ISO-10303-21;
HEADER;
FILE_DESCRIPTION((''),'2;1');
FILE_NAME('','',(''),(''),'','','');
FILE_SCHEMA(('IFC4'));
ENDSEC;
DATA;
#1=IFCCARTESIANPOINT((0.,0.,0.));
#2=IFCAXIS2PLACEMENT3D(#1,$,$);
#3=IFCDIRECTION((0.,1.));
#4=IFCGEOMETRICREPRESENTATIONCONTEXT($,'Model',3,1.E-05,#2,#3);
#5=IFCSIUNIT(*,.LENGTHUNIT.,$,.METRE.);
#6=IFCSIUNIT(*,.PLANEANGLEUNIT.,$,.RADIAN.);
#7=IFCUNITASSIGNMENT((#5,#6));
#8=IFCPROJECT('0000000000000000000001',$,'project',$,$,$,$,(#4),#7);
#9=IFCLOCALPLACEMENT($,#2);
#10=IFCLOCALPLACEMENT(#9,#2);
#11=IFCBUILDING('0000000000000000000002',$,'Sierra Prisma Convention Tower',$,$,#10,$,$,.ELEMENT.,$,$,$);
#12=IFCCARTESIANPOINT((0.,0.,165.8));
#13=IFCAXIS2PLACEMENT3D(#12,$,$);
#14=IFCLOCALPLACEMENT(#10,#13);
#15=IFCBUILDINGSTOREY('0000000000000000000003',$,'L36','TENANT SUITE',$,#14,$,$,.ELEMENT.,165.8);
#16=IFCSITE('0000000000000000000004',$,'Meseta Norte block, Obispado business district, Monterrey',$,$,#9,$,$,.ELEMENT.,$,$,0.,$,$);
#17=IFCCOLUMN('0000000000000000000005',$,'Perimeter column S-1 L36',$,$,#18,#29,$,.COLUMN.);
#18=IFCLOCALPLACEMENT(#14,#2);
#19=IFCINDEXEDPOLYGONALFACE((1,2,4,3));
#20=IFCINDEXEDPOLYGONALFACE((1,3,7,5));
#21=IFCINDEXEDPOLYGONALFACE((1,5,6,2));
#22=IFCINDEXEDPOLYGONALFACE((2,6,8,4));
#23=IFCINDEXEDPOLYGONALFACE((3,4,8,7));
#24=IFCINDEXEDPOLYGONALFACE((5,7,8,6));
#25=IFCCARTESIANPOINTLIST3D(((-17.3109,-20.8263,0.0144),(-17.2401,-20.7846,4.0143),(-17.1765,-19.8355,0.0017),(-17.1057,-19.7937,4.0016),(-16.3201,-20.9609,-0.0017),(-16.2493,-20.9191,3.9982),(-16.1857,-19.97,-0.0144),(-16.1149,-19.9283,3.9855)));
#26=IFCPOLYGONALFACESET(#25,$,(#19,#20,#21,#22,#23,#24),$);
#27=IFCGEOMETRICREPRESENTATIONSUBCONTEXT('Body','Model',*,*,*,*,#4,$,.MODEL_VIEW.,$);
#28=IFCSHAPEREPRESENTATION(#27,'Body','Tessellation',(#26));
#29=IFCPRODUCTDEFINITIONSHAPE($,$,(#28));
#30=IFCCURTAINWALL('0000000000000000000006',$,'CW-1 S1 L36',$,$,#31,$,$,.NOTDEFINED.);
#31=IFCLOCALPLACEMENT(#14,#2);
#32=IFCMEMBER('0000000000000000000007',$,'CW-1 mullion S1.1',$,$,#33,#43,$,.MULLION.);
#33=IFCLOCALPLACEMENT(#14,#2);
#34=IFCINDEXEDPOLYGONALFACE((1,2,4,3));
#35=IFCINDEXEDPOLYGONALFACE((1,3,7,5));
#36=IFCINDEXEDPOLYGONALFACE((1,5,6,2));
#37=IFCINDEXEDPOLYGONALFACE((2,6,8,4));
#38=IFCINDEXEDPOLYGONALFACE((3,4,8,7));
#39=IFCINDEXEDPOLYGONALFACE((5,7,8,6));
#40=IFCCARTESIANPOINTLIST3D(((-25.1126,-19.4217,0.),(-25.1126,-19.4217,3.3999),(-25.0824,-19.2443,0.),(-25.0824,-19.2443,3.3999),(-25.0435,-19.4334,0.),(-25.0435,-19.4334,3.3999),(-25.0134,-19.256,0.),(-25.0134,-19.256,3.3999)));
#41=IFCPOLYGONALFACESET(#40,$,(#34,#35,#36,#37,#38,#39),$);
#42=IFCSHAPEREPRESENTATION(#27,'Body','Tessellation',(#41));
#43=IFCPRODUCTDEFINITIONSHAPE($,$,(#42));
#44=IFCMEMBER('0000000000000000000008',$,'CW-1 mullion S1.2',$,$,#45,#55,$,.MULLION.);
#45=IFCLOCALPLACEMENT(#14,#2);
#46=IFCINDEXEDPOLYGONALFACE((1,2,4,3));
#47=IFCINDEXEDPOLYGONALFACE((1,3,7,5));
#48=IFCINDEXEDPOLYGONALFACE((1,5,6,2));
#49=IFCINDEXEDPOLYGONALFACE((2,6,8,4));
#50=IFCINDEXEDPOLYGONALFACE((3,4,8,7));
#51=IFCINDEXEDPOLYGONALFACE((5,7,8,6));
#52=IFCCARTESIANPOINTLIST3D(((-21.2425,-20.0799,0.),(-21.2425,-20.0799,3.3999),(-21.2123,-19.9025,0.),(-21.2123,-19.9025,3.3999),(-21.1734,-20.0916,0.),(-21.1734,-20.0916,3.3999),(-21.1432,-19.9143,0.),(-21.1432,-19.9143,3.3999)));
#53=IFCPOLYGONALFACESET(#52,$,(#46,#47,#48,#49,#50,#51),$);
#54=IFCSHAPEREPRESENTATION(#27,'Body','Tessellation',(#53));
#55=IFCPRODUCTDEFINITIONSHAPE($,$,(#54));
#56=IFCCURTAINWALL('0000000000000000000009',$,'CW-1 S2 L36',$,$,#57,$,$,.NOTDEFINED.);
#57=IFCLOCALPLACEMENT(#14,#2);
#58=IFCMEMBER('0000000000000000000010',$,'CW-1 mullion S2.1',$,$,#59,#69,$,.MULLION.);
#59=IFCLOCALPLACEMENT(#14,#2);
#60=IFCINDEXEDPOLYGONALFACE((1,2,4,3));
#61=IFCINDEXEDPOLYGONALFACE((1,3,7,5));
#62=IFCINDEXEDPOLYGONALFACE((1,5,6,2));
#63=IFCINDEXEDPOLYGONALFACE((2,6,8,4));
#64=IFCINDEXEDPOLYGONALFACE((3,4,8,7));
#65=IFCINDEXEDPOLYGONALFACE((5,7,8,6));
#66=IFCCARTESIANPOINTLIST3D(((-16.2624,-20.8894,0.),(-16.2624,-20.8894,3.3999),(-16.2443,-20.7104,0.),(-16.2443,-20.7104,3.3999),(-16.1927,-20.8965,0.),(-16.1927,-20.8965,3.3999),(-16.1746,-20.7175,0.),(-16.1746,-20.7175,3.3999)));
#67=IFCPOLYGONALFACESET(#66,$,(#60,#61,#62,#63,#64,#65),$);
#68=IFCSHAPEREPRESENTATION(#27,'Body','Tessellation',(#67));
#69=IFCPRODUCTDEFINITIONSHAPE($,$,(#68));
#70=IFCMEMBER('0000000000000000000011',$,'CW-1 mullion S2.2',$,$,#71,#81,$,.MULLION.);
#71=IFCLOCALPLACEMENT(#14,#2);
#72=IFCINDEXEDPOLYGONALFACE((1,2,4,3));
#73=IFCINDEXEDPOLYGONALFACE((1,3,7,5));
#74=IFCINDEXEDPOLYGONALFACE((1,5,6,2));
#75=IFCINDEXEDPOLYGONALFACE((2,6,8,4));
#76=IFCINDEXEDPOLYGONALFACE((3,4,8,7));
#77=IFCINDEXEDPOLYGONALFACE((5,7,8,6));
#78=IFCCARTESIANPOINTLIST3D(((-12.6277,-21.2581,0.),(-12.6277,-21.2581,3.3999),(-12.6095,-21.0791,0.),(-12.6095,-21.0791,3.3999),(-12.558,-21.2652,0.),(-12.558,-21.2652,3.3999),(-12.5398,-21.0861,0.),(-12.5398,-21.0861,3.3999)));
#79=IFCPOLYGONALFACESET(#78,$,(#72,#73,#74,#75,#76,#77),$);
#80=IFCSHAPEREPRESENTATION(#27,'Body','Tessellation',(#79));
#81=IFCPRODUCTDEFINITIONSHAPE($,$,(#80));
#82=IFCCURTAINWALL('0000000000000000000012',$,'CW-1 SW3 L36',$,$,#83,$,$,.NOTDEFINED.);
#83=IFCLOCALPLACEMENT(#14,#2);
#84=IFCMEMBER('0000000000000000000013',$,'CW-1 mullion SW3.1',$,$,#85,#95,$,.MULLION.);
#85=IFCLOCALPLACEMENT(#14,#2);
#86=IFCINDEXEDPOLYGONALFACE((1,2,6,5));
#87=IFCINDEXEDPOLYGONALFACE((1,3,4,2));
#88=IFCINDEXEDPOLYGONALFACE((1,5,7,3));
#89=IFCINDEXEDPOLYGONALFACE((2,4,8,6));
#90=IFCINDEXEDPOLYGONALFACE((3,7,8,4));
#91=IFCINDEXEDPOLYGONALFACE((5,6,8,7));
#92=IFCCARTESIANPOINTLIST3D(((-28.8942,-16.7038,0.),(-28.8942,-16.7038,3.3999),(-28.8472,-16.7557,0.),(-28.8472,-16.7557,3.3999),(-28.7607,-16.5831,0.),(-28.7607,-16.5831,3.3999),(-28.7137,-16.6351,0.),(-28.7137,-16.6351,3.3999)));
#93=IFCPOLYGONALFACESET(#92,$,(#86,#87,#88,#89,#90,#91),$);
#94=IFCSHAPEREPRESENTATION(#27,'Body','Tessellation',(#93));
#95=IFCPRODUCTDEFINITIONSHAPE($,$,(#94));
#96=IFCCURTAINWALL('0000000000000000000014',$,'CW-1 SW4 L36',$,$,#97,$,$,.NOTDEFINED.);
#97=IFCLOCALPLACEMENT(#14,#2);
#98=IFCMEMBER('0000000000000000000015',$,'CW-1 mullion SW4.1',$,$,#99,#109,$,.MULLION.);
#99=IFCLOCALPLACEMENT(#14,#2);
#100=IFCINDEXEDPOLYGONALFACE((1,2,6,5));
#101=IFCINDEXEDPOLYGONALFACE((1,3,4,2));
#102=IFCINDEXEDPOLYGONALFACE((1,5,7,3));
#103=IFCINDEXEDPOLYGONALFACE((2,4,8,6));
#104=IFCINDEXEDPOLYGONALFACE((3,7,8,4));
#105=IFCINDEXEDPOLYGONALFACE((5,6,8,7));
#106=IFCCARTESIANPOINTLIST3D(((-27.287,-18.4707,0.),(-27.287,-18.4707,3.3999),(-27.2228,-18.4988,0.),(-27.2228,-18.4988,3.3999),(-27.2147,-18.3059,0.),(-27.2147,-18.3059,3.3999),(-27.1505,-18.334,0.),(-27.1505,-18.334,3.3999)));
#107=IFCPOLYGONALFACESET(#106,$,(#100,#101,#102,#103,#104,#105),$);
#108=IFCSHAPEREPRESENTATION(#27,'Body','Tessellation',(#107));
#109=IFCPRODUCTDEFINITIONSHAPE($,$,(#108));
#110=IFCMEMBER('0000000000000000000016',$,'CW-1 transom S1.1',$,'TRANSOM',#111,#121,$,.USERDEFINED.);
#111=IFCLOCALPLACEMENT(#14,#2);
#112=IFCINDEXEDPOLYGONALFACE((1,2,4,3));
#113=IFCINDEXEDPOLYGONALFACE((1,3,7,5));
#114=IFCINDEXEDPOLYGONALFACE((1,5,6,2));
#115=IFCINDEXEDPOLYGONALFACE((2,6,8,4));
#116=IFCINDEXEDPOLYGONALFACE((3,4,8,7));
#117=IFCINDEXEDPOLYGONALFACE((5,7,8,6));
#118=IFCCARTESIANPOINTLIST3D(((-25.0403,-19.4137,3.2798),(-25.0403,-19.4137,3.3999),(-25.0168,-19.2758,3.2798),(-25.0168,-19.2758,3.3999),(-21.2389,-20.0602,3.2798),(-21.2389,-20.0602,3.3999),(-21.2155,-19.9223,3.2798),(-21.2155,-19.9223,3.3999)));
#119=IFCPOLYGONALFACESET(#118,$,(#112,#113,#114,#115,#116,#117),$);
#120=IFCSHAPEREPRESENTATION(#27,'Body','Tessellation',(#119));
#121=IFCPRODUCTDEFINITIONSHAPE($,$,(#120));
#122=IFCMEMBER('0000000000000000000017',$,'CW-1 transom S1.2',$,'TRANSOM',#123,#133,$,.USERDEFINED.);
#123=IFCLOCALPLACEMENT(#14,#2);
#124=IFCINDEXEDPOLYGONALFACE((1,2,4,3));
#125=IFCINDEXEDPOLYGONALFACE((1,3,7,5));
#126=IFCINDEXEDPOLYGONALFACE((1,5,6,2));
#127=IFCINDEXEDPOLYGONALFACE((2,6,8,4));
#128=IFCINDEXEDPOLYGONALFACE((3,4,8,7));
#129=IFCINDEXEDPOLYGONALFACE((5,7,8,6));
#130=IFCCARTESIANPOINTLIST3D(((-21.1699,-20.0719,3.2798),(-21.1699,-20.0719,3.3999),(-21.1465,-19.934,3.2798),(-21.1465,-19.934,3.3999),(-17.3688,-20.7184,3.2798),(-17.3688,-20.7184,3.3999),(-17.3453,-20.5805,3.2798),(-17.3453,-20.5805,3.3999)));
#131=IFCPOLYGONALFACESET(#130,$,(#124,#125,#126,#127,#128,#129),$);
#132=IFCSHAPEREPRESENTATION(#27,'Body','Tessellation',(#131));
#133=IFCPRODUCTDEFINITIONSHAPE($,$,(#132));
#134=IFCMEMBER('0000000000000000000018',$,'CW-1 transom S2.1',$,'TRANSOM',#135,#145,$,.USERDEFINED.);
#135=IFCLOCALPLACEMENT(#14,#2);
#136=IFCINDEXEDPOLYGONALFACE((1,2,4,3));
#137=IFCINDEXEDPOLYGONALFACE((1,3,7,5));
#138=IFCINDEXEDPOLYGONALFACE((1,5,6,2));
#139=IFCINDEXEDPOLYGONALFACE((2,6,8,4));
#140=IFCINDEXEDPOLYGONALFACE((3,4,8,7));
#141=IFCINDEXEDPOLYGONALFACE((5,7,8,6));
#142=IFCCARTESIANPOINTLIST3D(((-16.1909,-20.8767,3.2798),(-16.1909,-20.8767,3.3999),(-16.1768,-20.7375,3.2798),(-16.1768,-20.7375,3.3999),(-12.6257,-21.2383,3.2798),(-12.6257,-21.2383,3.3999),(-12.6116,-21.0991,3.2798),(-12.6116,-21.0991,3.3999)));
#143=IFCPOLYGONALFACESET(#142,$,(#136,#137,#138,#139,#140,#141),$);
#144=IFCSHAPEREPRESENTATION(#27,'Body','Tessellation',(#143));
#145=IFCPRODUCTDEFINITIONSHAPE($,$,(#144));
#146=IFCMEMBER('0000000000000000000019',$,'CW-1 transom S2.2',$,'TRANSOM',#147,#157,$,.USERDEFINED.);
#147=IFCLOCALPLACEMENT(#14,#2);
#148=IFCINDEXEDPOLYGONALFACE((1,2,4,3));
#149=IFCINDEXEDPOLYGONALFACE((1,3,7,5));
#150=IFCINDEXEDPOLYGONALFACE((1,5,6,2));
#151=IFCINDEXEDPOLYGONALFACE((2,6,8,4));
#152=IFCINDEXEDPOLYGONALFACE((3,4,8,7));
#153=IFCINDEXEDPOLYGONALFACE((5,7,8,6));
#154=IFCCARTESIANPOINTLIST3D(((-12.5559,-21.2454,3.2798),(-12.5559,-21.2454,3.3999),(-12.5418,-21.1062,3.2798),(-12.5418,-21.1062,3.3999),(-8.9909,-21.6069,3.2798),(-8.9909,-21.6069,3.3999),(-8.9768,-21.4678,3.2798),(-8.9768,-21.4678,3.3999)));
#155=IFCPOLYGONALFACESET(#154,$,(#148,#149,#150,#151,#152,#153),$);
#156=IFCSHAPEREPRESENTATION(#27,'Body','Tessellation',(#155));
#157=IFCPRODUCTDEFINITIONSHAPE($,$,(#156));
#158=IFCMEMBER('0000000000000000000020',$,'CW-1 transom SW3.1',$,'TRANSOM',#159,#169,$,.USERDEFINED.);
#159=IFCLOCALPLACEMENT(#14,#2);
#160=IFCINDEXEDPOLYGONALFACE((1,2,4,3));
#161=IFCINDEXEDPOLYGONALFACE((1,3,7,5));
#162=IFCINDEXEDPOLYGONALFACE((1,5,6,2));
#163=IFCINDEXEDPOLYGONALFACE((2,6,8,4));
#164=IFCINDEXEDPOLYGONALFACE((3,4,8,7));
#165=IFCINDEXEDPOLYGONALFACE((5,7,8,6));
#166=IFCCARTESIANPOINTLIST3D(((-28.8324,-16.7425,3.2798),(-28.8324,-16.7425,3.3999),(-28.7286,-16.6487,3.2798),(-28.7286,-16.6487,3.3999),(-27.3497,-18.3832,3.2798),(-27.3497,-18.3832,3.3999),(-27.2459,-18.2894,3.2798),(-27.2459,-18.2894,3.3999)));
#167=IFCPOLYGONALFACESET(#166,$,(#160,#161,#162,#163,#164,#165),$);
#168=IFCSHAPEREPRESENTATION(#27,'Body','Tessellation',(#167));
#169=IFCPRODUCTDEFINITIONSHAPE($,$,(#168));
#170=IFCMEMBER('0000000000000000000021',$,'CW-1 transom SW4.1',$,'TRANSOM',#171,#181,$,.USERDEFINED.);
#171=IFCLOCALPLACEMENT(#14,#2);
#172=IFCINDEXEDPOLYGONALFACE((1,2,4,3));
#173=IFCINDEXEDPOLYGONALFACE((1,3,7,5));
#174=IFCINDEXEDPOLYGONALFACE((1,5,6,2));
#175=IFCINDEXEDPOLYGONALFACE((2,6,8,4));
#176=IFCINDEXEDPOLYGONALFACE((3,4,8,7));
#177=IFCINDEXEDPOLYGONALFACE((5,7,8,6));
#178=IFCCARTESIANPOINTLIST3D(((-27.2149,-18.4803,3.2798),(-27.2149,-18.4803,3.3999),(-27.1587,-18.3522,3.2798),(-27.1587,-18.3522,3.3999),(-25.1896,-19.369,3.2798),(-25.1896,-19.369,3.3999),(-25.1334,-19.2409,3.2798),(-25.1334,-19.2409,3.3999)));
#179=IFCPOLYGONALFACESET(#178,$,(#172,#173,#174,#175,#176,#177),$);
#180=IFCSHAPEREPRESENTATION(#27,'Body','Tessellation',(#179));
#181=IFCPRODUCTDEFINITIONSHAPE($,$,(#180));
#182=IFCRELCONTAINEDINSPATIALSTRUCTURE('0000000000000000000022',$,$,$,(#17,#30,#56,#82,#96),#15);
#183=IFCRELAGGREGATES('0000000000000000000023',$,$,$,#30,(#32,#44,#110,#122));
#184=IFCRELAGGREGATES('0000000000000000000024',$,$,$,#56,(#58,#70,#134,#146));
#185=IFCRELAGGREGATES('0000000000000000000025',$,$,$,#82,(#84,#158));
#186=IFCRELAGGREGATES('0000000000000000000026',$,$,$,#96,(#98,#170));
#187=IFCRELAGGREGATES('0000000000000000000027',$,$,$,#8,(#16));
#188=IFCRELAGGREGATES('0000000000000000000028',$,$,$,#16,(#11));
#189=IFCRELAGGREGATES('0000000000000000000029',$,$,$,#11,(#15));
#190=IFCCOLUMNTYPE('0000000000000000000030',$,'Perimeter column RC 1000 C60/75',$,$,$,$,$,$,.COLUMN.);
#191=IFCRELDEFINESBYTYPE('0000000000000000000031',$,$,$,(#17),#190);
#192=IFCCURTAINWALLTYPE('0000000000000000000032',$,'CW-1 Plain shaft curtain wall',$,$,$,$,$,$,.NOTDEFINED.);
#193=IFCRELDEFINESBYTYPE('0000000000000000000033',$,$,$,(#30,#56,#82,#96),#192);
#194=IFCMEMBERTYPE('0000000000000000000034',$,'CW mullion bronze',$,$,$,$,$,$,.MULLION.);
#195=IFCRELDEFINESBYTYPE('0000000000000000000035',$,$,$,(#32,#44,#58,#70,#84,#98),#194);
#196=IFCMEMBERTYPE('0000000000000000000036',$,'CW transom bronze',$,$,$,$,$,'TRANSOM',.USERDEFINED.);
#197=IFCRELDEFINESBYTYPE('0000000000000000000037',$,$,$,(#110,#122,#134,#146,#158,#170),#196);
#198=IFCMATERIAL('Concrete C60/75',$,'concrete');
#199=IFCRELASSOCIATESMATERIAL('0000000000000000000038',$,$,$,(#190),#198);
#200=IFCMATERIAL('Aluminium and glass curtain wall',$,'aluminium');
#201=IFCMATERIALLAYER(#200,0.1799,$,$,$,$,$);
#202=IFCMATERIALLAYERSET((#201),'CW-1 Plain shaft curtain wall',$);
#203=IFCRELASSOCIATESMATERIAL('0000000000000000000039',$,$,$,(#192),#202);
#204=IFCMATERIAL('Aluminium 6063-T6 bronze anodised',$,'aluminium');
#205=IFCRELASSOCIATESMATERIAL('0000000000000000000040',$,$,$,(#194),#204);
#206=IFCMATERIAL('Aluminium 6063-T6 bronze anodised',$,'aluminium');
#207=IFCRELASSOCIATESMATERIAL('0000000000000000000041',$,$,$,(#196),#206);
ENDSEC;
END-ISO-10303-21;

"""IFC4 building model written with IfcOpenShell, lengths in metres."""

from ifc_helpers import new_model, si_unit, direction, frame, origin, origin_2d, place, context, subcontext, project, spatial, rectangle, extrude, material, layer, layer_set, material_profile, profile_set, type_object, element, aggregate, save


model = new_model("IFC4")

# Units and contexts
model_context = context("Model", 3, precision=1e-05, world=origin(), true_north=direction((0.0, 1.0)))
body_context = subcontext(model_context, "Body", "Model", "MODEL_VIEW")
ifc_project = project(units=[si_unit("LENGTHUNIT", "METRE"), si_unit("PLANEANGLEUNIT", "RADIAN")], contexts=[model_context])

# Site, building, storey
site_placement = place(None, origin())
site = spatial("IfcSite", under=ifc_project, at=site_placement, Name="Meseta Norte block, Obispado business district, Monterrey", CompositionType="ELEMENT", RefElevation=0.0)
building_placement = place(site_placement, origin())
building = spatial("IfcBuilding", under=site, at=building_placement, Name="Sierra Prisma Convention Tower", CompositionType="ELEMENT")
storey_placement = place(building_placement, frame((0.0, 0.0, 165.8)))
storey = spatial("IfcBuildingStorey", under=building, at=storey_placement, Name="L36", Description="TENANT SUITE", CompositionType="ELEMENT", Elevation=165.8)

# Column
ifc_material_1 = material(Name="Concrete C60/75", Category="concrete")
ifc_material_profile_1 = material_profile(ifc_material_1, rectangle(XDim=1.0, YDim=1.0, at=origin_2d()), Name="Perimeter column RC 1000 C60/75")
ifc_profile_set_1 = profile_set([ifc_material_profile_1], Name="Concrete C60/75")
column_type = type_object("IfcColumnType", Name="Perimeter column RC 1000 C60/75", PredefinedType="COLUMN", material=ifc_profile_set_1)
column_placement = place(storey_placement, frame((-16.7483, -20.3982, 0.0), z_axis=(0.017696, 0.010435, 0.999789), x_axis=(-0.990776, 0.134546, 0.016133)))
element("IfcColumn", 1, at=column_placement, inside=storey, type_object=column_type, Name="Perimeter column S-1 L36", PredefinedType="COLUMN", context=body_context, shape_type="SweptSolid", body=[
    extrude(rectangle(XDim=1.0, YDim=1.0, at=origin_2d()), origin(), (0.0, 0.0, 1.0), 4.0007),
])

# Curtain walls, members
ifc_material_2 = material(Name="Aluminium and glass curtain wall", Category="aluminium")
ifc_layer_1 = layer(ifc_material_2, 0.1799)
ifc_layer_set_1 = layer_set([ifc_layer_1], Name="CW-1 Plain shaft curtain wall")
curtain_wall_type = type_object("IfcCurtainWallType", Name="CW-1 Plain shaft curtain wall", PredefinedType="NOTDEFINED", material=ifc_layer_set_1)
curtain_wall_1_placement = place(storey_placement, origin())
curtain_wall_1 = element("IfcCurtainWall", 2, at=curtain_wall_1_placement, inside=storey, type_object=curtain_wall_type, Name="CW-1 S1 L36", PredefinedType="NOTDEFINED")
ifc_material_3 = material(Name="Aluminium 6063-T6 bronze anodised", Category="aluminium")
ifc_material_profile_2 = material_profile(ifc_material_3, rectangle(XDim=0.1799, YDim=0.0701, at=origin_2d()), Name="ALU MULLION 70x180")
ifc_profile_set_2 = profile_set([ifc_material_profile_2], Name="Aluminium 6063-T6 bronze anodised")
member_type_1 = type_object("IfcMemberType", Name="CW mullion bronze", PredefinedType="MULLION", material=ifc_profile_set_2)
member_1_placement = place(storey_placement, frame((-25.063, -19.3389, 0.0), z_axis=(0.0, 0.0, 1.0), x_axis=(0.167677, 0.985842, 0.0)))
member_1 = element("IfcMember", 3, at=member_1_placement, type_object=member_type_1, Name="CW-1 mullion S1.1", PredefinedType="MULLION", context=body_context, shape_type="SweptSolid", body=[
    extrude(rectangle(XDim=0.1799, YDim=0.0701, at=origin_2d()), origin(), (0.0, 0.0, 1.0), 3.3999),
])
member_2_placement = place(storey_placement, frame((-21.1929, -19.9971, 0.0), z_axis=(0.0, 0.0, 1.0), x_axis=(0.167677, 0.985842, 0.0)))
member_2 = element("IfcMember", 4, at=member_2_placement, type_object=member_type_1, Name="CW-1 mullion S1.2", PredefinedType="MULLION", context=body_context, shape_type="SweptSolid", body=[
    extrude(rectangle(XDim=0.1799, YDim=0.0701, at=origin_2d()), origin(), (0.0, 0.0, 1.0), 3.3999),
])
curtain_wall_2_placement = place(storey_placement, origin())
curtain_wall_2 = element("IfcCurtainWall", 5, at=curtain_wall_2_placement, inside=storey, type_object=curtain_wall_type, Name="CW-1 S2 L36", PredefinedType="NOTDEFINED")
member_3_placement = place(storey_placement, frame((-16.2185, -20.8035, 0.0), z_axis=(0.0, 0.0, 1.0), x_axis=(0.100911, 0.994895, 0.0)))
member_3 = element("IfcMember", 6, at=member_3_placement, type_object=member_type_1, Name="CW-1 mullion S2.1", PredefinedType="MULLION", context=body_context, shape_type="SweptSolid", body=[
    extrude(rectangle(XDim=0.1799, YDim=0.0701, at=origin_2d()), origin(), (0.0, 0.0, 1.0), 3.3999),
])
member_4_placement = place(storey_placement, frame((-12.5837, -21.1721, 0.0), z_axis=(0.0, 0.0, 1.0), x_axis=(0.100911, 0.994895, 0.0)))
member_4 = element("IfcMember", 7, at=member_4_placement, type_object=member_type_1, Name="CW-1 mullion S2.2", PredefinedType="MULLION", context=body_context, shape_type="SweptSolid", body=[
    extrude(rectangle(XDim=0.1799, YDim=0.0701, at=origin_2d()), origin(), (0.0, 0.0, 1.0), 3.3999),
])

# Curtain walls, members
curtain_wall_3_placement = place(storey_placement, origin())
curtain_wall_3 = element("IfcCurtainWall", 8, at=curtain_wall_3_placement, inside=storey, type_object=curtain_wall_type, Name="CW-1 SW3 L36", PredefinedType="NOTDEFINED")
member_5_placement = place(storey_placement, frame((-28.804, -16.6694, 0.0), z_axis=(0.0, 0.0, 1.0), x_axis=(0.741927, 0.670481, 0.0)))
member_5 = element("IfcMember", 9, at=member_5_placement, type_object=member_type_1, Name="CW-1 mullion SW3.1", PredefinedType="MULLION", context=body_context, shape_type="SweptSolid", body=[
    extrude(rectangle(XDim=0.1799, YDim=0.0701, at=origin_2d()), origin(), (0.0, 0.0, 1.0), 3.3999),
])
curtain_wall_4_placement = place(storey_placement, origin())
curtain_wall_4 = element("IfcCurtainWall", 10, at=curtain_wall_4_placement, inside=storey, type_object=curtain_wall_type, Name="CW-1 SW4 L36", PredefinedType="NOTDEFINED")
member_6_placement = place(storey_placement, frame((-27.2188, -18.4023, 0.0), z_axis=(0.0, 0.0, 1.0), x_axis=(0.401748, 0.91575, 0.0)))
member_6 = element("IfcMember", 11, at=member_6_placement, type_object=member_type_1, Name="CW-1 mullion SW4.1", PredefinedType="MULLION", context=body_context, shape_type="SweptSolid", body=[
    extrude(rectangle(XDim=0.1799, YDim=0.0701, at=origin_2d()), origin(), (0.0, 0.0, 1.0), 3.3999),
])

# Members
ifc_material_4 = material(Name="Aluminium 6063-T6 bronze anodised", Category="aluminium")
ifc_material_profile_3 = material_profile(ifc_material_4, rectangle(XDim=0.1399, YDim=0.1201, at=origin_2d()), Name="ALU TRANSOM 120x140")
ifc_profile_set_3 = profile_set([ifc_material_profile_3], Name="Aluminium 6063-T6 bronze anodised")
member_type_2 = type_object("IfcMemberType", Name="CW transom bronze", ElementType="TRANSOM", PredefinedType="USERDEFINED", material=ifc_profile_set_3)
member_7_placement = place(storey_placement, frame((-25.0286, -19.3447, 3.3398), z_axis=(0.985844, -0.167663, 0.0), x_axis=(0.167663, 0.985844, 0.0)))
member_7 = element("IfcMember", 12, at=member_7_placement, type_object=member_type_2, Name="CW-1 transom S1.1", ObjectType="TRANSOM", PredefinedType="USERDEFINED", context=body_context, shape_type="SweptSolid", body=[
    extrude(rectangle(XDim=0.1399, YDim=0.1201, at=origin_2d()), origin(), (0.0, 0.0, 1.0), 3.856),
])
member_8_placement = place(storey_placement, frame((-21.1582, -20.0029, 3.3398), z_axis=(0.985843, -0.167674, 0.0), x_axis=(0.167674, 0.985843, 0.0)))
member_8 = element("IfcMember", 13, at=member_8_placement, type_object=member_type_2, Name="CW-1 transom S1.2", ObjectType="TRANSOM", PredefinedType="USERDEFINED", context=body_context, shape_type="SweptSolid", body=[
    extrude(rectangle(XDim=0.1399, YDim=0.1201, at=origin_2d()), origin(), (0.0, 0.0, 1.0), 3.8557),
])
member_9_placement = place(storey_placement, frame((-16.1838, -20.8071, 3.3398), z_axis=(0.994897, -0.1009, 0.0), x_axis=(0.1009, 0.994897, 0.0)))
member_9 = element("IfcMember", 14, at=member_9_placement, type_object=member_type_2, Name="CW-1 transom S2.1", ObjectType="TRANSOM", PredefinedType="USERDEFINED", context=body_context, shape_type="SweptSolid", body=[
    extrude(rectangle(XDim=0.1399, YDim=0.1201, at=origin_2d()), origin(), (0.0, 0.0, 1.0), 3.5835),
])
member_10_placement = place(storey_placement, frame((-12.5488, -21.1758, 3.3398), z_axis=(0.994896, -0.100907, 0.0), x_axis=(0.100907, 0.994896, 0.0)))
member_10 = element("IfcMember", 15, at=member_10_placement, type_object=member_type_2, Name="CW-1 transom S2.2", ObjectType="TRANSOM", PredefinedType="USERDEFINED", context=body_context, shape_type="SweptSolid", body=[
    extrude(rectangle(XDim=0.1399, YDim=0.1201, at=origin_2d()), origin(), (0.0, 0.0, 1.0), 3.5833),
])
member_11_placement = place(storey_placement, frame((-28.7805, -16.6956, 3.3398), z_axis=(0.670488, -0.74192, 0.0), x_axis=(0.74192, 0.670488, 0.0)))
member_11 = element("IfcMember", 16, at=member_11_placement, type_object=member_type_2, Name="CW-1 transom SW3.1", ObjectType="TRANSOM", PredefinedType="USERDEFINED", context=body_context, shape_type="SweptSolid", body=[
    extrude(rectangle(XDim=0.1399, YDim=0.1201, at=origin_2d()), origin(), (0.0, 0.0, 1.0), 2.2114),
])
member_12_placement = place(storey_placement, frame((-27.1868, -18.4163, 3.3398), z_axis=(0.915713, -0.401832, 0.0), x_axis=(0.401832, 0.915713, 0.0)))
member_12 = element("IfcMember", 17, at=member_12_placement, type_object=member_type_2, Name="CW-1 transom SW4.1", ObjectType="TRANSOM", PredefinedType="USERDEFINED", context=body_context, shape_type="SweptSolid", body=[
    extrude(rectangle(XDim=0.1399, YDim=0.1201, at=origin_2d()), origin(), (0.0, 0.0, 1.0), 2.2117),
])

aggregate(curtain_wall_1, [member_1, member_2, member_7, member_8])
aggregate(curtain_wall_2, [member_3, member_4, member_9, member_10])

aggregate(curtain_wall_3, [member_5, member_11])
aggregate(curtain_wall_4, [member_6, member_12])

save(model, "model.ifc")
